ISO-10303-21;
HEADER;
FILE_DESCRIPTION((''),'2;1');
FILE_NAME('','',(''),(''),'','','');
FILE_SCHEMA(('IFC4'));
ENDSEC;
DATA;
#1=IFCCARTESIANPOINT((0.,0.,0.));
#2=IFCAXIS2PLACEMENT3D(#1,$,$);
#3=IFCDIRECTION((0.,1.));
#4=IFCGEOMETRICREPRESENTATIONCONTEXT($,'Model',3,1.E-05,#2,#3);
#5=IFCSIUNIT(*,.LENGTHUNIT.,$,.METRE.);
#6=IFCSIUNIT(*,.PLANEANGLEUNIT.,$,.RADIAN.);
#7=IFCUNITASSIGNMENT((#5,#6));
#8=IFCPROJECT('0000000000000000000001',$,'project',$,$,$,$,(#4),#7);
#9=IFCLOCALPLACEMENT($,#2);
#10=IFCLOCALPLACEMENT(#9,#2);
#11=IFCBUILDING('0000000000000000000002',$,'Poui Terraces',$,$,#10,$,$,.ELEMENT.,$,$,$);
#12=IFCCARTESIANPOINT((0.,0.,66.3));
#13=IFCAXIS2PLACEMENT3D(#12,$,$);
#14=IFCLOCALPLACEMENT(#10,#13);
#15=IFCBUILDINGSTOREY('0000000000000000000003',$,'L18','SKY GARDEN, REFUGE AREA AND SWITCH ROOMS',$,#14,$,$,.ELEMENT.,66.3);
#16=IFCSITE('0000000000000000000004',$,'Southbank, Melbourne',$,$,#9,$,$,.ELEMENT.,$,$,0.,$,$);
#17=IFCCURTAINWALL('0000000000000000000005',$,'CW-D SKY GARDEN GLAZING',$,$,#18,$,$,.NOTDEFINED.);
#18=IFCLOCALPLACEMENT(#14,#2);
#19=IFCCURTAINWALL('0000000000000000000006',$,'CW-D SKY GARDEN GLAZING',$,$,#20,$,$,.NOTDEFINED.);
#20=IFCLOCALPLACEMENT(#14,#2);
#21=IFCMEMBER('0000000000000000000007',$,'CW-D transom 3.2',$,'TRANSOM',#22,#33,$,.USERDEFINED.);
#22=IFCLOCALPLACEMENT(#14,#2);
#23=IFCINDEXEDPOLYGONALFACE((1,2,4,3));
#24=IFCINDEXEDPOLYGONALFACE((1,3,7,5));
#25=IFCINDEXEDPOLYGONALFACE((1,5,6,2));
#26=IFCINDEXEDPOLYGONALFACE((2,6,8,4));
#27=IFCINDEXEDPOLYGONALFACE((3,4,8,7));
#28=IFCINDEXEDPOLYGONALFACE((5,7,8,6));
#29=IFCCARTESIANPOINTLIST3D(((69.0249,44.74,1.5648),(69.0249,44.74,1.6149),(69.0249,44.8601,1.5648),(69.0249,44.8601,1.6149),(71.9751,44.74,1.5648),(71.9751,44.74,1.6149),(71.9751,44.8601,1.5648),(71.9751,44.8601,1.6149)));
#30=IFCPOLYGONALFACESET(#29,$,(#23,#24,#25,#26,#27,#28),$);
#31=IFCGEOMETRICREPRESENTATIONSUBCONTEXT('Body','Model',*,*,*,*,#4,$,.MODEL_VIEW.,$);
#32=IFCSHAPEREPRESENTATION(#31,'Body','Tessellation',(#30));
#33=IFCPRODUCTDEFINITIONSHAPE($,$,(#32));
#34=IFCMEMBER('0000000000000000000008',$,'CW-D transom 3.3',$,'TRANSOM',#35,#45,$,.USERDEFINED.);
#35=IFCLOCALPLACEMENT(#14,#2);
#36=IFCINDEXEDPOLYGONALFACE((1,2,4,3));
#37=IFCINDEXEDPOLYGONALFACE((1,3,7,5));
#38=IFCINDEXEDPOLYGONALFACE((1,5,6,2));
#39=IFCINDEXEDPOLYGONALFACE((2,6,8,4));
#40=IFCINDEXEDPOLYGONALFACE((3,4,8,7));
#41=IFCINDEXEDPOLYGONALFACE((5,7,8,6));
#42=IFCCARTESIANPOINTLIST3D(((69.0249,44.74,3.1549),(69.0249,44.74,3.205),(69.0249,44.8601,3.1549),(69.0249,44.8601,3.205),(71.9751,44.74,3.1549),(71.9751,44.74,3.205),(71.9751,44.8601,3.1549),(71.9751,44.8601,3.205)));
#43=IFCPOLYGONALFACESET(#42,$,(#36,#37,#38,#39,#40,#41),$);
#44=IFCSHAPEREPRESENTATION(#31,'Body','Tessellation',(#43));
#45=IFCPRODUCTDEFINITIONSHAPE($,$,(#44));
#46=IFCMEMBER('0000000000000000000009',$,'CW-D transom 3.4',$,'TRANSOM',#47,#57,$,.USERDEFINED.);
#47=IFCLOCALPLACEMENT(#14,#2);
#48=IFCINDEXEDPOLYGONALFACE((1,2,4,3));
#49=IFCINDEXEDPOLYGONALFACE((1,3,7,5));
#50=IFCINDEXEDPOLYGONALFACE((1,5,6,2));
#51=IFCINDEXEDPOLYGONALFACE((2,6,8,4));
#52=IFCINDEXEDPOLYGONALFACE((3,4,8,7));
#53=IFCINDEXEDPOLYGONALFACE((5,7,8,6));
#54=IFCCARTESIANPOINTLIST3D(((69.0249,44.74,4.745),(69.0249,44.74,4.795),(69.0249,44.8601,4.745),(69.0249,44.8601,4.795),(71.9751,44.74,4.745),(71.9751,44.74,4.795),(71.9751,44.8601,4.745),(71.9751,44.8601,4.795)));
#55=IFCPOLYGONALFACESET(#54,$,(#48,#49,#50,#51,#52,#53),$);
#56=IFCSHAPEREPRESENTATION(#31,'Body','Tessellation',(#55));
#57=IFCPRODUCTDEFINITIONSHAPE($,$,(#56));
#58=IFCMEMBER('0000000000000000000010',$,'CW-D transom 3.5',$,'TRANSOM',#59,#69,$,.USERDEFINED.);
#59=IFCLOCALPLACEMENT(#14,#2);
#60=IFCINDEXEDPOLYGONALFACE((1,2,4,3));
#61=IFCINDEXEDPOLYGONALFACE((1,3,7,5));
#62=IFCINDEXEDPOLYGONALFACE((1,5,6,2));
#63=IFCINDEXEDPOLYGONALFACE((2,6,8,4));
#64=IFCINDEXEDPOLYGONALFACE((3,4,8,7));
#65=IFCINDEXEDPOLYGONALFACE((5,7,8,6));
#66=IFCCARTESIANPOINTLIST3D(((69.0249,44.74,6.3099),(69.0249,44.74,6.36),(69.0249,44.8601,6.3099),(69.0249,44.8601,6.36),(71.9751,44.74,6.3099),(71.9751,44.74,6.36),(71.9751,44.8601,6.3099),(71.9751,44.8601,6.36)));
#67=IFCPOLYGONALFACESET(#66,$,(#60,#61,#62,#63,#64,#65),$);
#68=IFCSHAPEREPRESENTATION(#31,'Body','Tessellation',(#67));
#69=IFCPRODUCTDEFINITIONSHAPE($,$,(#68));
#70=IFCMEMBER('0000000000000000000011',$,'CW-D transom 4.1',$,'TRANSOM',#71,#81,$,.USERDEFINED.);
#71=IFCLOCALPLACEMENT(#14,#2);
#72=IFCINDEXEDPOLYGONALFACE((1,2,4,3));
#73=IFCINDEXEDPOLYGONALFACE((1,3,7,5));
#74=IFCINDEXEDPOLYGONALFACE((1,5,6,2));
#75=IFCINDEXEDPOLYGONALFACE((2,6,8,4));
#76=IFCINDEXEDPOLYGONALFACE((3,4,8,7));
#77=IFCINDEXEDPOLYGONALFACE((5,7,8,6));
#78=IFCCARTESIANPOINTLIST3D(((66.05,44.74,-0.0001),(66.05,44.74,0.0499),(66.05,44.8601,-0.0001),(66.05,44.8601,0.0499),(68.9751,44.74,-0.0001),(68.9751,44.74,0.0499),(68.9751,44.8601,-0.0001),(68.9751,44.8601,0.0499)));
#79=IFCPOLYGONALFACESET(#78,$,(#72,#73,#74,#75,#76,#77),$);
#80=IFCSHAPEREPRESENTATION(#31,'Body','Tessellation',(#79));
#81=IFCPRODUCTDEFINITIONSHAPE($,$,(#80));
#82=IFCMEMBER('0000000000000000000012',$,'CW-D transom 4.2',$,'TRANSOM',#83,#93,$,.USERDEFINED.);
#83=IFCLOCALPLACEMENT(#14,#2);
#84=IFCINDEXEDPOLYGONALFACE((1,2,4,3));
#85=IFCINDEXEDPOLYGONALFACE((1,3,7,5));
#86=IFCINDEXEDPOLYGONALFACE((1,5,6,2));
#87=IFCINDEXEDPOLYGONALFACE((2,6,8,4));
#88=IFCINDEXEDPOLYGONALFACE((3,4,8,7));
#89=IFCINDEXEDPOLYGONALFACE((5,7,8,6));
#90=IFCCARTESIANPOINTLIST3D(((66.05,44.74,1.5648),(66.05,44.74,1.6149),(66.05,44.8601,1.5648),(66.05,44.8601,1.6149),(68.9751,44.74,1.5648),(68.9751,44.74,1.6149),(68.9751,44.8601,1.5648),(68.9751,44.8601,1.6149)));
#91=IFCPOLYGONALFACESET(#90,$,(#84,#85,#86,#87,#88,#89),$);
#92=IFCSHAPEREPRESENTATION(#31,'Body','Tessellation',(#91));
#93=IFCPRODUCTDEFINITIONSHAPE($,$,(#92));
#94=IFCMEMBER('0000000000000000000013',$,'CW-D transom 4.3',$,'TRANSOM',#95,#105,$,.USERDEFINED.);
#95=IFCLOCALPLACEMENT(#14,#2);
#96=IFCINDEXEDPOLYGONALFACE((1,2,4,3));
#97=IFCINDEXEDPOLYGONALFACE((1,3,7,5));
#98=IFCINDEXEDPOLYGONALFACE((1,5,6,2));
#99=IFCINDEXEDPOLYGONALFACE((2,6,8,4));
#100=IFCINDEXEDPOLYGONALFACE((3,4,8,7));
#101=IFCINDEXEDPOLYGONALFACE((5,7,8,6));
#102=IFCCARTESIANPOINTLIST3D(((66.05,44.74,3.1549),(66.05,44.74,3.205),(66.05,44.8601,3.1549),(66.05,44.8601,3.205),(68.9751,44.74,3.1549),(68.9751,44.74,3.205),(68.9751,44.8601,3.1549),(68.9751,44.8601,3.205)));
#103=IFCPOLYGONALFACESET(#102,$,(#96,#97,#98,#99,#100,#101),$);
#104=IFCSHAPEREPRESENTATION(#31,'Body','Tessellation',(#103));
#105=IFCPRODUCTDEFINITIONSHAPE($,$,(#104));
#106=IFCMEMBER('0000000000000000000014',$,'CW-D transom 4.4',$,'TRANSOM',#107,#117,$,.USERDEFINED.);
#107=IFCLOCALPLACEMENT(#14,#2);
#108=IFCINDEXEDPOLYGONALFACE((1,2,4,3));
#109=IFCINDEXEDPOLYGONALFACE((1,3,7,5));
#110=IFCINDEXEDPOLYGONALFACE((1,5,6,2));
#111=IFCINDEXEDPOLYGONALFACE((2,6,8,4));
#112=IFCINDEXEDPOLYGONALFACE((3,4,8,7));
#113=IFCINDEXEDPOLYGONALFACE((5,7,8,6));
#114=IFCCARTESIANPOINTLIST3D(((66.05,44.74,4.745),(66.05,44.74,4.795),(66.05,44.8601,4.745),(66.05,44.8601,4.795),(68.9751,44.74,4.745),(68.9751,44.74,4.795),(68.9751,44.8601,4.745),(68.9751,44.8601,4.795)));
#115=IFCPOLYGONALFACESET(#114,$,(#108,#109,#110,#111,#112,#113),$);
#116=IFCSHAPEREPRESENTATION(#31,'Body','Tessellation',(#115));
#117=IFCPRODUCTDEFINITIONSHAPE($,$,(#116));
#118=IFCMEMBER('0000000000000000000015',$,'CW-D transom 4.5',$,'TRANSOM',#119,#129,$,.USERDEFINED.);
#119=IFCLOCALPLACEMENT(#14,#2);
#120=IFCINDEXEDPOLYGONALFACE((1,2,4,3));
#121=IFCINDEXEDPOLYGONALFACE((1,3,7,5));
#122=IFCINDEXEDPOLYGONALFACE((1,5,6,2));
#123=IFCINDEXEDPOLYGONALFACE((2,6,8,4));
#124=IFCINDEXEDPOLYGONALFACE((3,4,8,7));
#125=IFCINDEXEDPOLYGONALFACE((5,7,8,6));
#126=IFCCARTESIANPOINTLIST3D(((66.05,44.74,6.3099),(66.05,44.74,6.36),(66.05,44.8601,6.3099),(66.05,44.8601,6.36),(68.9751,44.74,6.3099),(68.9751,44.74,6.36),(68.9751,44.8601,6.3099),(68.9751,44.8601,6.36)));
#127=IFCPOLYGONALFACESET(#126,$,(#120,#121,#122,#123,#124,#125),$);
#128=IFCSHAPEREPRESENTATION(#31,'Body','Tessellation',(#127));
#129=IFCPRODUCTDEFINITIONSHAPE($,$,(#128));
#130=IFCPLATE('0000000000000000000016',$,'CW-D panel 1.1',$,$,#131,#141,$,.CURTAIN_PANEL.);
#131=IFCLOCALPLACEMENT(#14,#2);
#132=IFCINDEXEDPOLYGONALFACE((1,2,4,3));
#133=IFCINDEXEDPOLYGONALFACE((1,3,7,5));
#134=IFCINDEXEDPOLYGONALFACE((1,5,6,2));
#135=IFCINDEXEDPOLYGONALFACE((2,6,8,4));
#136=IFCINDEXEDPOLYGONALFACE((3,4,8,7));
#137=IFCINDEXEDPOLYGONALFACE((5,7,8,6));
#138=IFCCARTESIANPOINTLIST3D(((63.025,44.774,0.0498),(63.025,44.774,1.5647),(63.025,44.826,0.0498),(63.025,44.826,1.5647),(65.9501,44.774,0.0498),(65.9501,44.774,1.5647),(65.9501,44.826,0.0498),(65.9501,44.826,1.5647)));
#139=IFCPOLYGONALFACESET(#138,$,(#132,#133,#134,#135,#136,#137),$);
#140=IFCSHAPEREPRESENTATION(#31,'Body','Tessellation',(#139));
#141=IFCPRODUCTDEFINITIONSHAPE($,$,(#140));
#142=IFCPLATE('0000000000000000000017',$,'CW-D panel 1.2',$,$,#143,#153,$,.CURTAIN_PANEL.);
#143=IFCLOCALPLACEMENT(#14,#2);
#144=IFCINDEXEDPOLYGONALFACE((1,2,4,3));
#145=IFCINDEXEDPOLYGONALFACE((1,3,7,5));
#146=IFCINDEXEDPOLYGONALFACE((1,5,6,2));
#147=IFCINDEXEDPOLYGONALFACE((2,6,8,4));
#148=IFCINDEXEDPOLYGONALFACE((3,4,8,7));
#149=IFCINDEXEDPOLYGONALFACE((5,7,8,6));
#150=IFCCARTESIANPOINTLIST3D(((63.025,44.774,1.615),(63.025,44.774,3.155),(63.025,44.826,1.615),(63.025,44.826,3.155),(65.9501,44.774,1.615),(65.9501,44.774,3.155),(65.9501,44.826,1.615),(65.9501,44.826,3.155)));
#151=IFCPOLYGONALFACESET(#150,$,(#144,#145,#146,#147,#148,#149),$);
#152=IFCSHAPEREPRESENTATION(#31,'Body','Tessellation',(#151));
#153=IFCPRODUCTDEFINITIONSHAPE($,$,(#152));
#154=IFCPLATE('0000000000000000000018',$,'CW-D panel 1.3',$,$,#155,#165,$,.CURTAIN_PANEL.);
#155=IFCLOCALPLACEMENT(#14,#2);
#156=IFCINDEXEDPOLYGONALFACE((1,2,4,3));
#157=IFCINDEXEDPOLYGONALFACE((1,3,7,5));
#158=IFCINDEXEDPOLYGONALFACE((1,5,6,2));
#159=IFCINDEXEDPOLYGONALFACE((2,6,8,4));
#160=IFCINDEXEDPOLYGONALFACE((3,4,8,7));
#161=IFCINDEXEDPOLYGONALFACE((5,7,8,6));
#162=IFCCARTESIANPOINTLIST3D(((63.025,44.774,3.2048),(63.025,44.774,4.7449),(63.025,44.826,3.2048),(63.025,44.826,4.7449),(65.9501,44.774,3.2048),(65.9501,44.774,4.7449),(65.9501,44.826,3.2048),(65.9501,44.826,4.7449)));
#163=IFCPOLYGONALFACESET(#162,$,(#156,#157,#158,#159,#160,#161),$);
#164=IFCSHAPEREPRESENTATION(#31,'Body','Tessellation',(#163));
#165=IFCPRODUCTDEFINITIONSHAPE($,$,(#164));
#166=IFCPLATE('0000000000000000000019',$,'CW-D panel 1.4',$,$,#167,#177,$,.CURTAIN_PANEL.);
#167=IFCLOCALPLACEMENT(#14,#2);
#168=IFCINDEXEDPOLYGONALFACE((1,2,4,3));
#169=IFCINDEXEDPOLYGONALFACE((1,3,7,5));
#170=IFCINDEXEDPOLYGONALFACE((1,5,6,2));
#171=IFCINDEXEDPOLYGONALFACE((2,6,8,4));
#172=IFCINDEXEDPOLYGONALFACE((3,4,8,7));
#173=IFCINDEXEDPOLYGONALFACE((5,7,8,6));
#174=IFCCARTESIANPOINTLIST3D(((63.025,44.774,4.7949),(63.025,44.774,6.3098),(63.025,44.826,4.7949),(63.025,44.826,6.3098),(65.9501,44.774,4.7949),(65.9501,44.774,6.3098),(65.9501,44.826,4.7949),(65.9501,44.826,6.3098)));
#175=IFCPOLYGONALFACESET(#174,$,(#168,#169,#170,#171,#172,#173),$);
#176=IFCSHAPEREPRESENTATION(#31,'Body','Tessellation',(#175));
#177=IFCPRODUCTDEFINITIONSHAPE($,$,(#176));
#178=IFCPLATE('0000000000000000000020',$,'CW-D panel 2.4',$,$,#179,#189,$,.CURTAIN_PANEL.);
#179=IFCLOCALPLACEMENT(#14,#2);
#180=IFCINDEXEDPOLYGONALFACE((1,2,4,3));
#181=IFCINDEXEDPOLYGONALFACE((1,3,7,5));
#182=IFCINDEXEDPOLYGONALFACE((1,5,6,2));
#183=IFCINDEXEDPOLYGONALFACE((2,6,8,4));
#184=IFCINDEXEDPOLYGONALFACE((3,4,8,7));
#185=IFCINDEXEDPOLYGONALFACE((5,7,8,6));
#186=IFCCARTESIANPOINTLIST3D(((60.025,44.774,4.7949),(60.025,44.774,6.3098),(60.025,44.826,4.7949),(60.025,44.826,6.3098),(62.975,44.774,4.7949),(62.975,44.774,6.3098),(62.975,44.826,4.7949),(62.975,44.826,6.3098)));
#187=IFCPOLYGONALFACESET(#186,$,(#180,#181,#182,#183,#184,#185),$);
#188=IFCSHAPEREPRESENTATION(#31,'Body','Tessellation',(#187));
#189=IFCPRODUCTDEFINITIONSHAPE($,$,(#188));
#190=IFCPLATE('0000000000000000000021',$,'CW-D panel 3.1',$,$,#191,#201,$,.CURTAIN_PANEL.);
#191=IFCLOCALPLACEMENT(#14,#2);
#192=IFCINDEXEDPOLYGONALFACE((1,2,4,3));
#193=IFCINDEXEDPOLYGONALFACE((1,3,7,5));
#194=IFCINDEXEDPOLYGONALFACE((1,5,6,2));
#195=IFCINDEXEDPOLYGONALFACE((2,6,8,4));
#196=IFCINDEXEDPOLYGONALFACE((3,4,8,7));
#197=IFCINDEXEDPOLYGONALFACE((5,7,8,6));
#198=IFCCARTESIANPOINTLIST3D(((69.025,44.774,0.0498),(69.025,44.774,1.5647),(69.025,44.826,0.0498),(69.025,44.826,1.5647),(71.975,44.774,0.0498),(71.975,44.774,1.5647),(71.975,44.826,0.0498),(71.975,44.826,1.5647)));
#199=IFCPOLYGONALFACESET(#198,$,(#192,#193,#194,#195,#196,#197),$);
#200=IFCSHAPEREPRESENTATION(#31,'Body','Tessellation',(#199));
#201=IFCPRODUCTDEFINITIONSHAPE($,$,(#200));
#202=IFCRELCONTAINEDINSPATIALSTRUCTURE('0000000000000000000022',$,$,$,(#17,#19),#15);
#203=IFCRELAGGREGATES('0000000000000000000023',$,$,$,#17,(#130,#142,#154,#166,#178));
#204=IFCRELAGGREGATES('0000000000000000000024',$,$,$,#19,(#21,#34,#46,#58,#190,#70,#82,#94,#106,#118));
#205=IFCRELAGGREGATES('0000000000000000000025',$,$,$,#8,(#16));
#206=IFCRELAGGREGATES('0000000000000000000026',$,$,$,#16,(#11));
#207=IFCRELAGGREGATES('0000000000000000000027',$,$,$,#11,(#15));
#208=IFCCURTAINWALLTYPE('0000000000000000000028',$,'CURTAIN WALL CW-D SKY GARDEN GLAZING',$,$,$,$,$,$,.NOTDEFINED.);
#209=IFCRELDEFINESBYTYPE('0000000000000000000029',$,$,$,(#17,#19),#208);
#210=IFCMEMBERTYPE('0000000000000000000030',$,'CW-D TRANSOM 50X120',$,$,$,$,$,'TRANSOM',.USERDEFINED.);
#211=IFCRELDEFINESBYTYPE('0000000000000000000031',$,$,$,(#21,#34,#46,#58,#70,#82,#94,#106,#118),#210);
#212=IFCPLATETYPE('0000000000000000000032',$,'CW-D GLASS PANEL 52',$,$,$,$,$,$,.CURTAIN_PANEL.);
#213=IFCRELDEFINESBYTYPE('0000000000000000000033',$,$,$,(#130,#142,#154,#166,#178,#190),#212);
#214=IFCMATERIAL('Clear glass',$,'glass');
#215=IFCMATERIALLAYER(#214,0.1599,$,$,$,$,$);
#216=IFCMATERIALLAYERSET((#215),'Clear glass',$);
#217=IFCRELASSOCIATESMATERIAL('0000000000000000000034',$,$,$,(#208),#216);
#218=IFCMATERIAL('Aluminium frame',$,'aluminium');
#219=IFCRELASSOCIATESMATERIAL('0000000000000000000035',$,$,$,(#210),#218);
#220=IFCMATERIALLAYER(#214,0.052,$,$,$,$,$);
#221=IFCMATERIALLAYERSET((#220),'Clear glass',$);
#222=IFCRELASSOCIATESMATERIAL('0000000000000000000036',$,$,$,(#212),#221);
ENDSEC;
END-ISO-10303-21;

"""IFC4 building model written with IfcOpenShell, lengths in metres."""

from ifc_helpers import new_model, si_unit, direction, frame, origin, origin_2d, place, context, subcontext, project, spatial, rectangle, extrude, material, layer, layer_set, material_profile, profile_set, type_object, element, aggregate, save


model = new_model("IFC4")

# Units and contexts
model_context = context("Model", 3, precision=1e-05, world=origin(), true_north=direction((0.0, 1.0)))
body_context = subcontext(model_context, "Body", "Model", "MODEL_VIEW")
ifc_project = project(units=[si_unit("LENGTHUNIT", "METRE"), si_unit("PLANEANGLEUNIT", "RADIAN")], contexts=[model_context])

# Site, building, storey
site_placement = place(None, origin())
site = spatial("IfcSite", under=ifc_project, at=site_placement, Name="Southbank, Melbourne", CompositionType="ELEMENT", RefElevation=0.0)
building_placement = place(site_placement, origin())
building = spatial("IfcBuilding", under=site, at=building_placement, Name="Poui Terraces", CompositionType="ELEMENT")
storey_placement = place(building_placement, frame((0.0, 0.0, 66.3)))
storey = spatial("IfcBuildingStorey", under=building, at=storey_placement, Name="L18", Description="SKY GARDEN, REFUGE AREA AND SWITCH ROOMS", CompositionType="ELEMENT", Elevation=66.3)

# Curtain walls
ifc_material_1 = material(Name="Clear glass", Category="glass")
ifc_layer_1 = layer(ifc_material_1, 0.1599)
ifc_layer_set_1 = layer_set([ifc_layer_1], Name="Clear glass")
curtain_wall_type = type_object("IfcCurtainWallType", Name="CURTAIN WALL CW-D SKY GARDEN GLAZING", PredefinedType="NOTDEFINED", material=ifc_layer_set_1)
curtain_wall_1_placement = place(storey_placement, origin())
curtain_wall_1 = element("IfcCurtainWall", 1, at=curtain_wall_1_placement, inside=storey, type_object=curtain_wall_type, Name="CW-D SKY GARDEN GLAZING", PredefinedType="NOTDEFINED")
ifc_material_2 = material(Name="Aluminium frame", Category="aluminium")
curtain_wall_2_placement = place(storey_placement, origin())
curtain_wall_2 = element("IfcCurtainWall", 2, at=curtain_wall_2_placement, inside=storey, type_object=curtain_wall_type, Name="CW-D SKY GARDEN GLAZING", PredefinedType="NOTDEFINED")

# Members
ifc_material_profile_1 = material_profile(ifc_material_2, rectangle(XDim=0.1201, YDim=0.05, at=origin_2d()), Name="CW-D TRANSOM 50X120")
ifc_profile_set_1 = profile_set([ifc_material_profile_1], Name="Aluminium frame")
member_type_1 = type_object("IfcMemberType", Name="CW-D TRANSOM 50X120", ElementType="TRANSOM", PredefinedType="USERDEFINED", material=ifc_profile_set_1)
member_1_placement = place(storey_placement, frame((71.9751, 44.8, 1.5898), z_axis=(-1.0, 0.0, 0.0), x_axis=(0.0, -1.0, 0.0)))
member_1 = element("IfcMember", 3, at=member_1_placement, type_object=member_type_1, Name="CW-D transom 3.2", ObjectType="TRANSOM", PredefinedType="USERDEFINED", context=body_context, shape_type="SweptSolid", body=[
    extrude(rectangle(XDim=0.1201, YDim=0.05, at=origin_2d()), origin(), (0.0, 0.0, 1.0), 2.9502),
])
member_2_placement = place(storey_placement, frame((71.9751, 44.8, 3.1799), z_axis=(-1.0, 0.0, 0.0), x_axis=(0.0, -1.0, 0.0)))
member_2 = element("IfcMember", 4, at=member_2_placement, type_object=member_type_1, Name="CW-D transom 3.3", ObjectType="TRANSOM", PredefinedType="USERDEFINED", context=body_context, shape_type="SweptSolid", body=[
    extrude(rectangle(XDim=0.1201, YDim=0.05, at=origin_2d()), origin(), (0.0, 0.0, 1.0), 2.9502),
])
member_3_placement = place(storey_placement, frame((71.9751, 44.8, 4.77), z_axis=(-1.0, 0.0, 0.0), x_axis=(0.0, -1.0, 0.0)))
member_3 = element("IfcMember", 5, at=member_3_placement, type_object=member_type_1, Name="CW-D transom 3.4", ObjectType="TRANSOM", PredefinedType="USERDEFINED", context=body_context, shape_type="SweptSolid", body=[
    extrude(rectangle(XDim=0.1201, YDim=0.05, at=origin_2d()), origin(), (0.0, 0.0, 1.0), 2.9502),
])
member_4_placement = place(storey_placement, frame((71.9751, 44.8, 6.335), z_axis=(-1.0, 0.0, 0.0), x_axis=(0.0, -1.0, 0.0)))
member_4 = element("IfcMember", 6, at=member_4_placement, type_object=member_type_1, Name="CW-D transom 3.5", ObjectType="TRANSOM", PredefinedType="USERDEFINED", context=body_context, shape_type="SweptSolid", body=[
    extrude(rectangle(XDim=0.1201, YDim=0.05, at=origin_2d()), origin(), (0.0, 0.0, 1.0), 2.9502),
])
member_5_placement = place(storey_placement, frame((68.9751, 44.8, 0.0249), z_axis=(-1.0, 0.0, 0.0), x_axis=(0.0, -1.0, 0.0)))
member_5 = element("IfcMember", 7, at=member_5_placement, type_object=member_type_1, Name="CW-D transom 4.1", ObjectType="TRANSOM", PredefinedType="USERDEFINED", context=body_context, shape_type="SweptSolid", body=[
    extrude(rectangle(XDim=0.1201, YDim=0.05, at=origin_2d()), origin(), (0.0, 0.0, 1.0), 2.925),
])
member_6_placement = place(storey_placement, frame((68.9751, 44.8, 1.5898), z_axis=(-1.0, 0.0, 0.0), x_axis=(0.0, -1.0, 0.0)))
member_6 = element("IfcMember", 8, at=member_6_placement, type_object=member_type_1, Name="CW-D transom 4.2", ObjectType="TRANSOM", PredefinedType="USERDEFINED", context=body_context, shape_type="SweptSolid", body=[
    extrude(rectangle(XDim=0.1201, YDim=0.05, at=origin_2d()), origin(), (0.0, 0.0, 1.0), 2.925),
])
member_7_placement = place(storey_placement, frame((68.9751, 44.8, 3.1799), z_axis=(-1.0, 0.0, 0.0), x_axis=(0.0, -1.0, 0.0)))
member_7 = element("IfcMember", 9, at=member_7_placement, type_object=member_type_1, Name="CW-D transom 4.3", ObjectType="TRANSOM", PredefinedType="USERDEFINED", context=body_context, shape_type="SweptSolid", body=[
    extrude(rectangle(XDim=0.1201, YDim=0.05, at=origin_2d()), origin(), (0.0, 0.0, 1.0), 2.925),
])
member_8_placement = place(storey_placement, frame((68.9751, 44.8, 4.77), z_axis=(-1.0, 0.0, 0.0), x_axis=(0.0, -1.0, 0.0)))
member_8 = element("IfcMember", 10, at=member_8_placement, type_object=member_type_1, Name="CW-D transom 4.4", ObjectType="TRANSOM", PredefinedType="USERDEFINED", context=body_context, shape_type="SweptSolid", body=[
    extrude(rectangle(XDim=0.1201, YDim=0.05, at=origin_2d()), origin(), (0.0, 0.0, 1.0), 2.925),
])
member_9_placement = place(storey_placement, frame((68.9751, 44.8, 6.335), z_axis=(-1.0, 0.0, 0.0), x_axis=(0.0, -1.0, 0.0)))
member_9 = element("IfcMember", 11, at=member_9_placement, type_object=member_type_1, Name="CW-D transom 4.5", ObjectType="TRANSOM", PredefinedType="USERDEFINED", context=body_context, shape_type="SweptSolid", body=[
    extrude(rectangle(XDim=0.1201, YDim=0.05, at=origin_2d()), origin(), (0.0, 0.0, 1.0), 2.925),
])

# Plates
ifc_layer_2 = layer(ifc_material_1, 0.052)
ifc_layer_set_2 = layer_set([ifc_layer_2], Name="Clear glass")
plate_type = type_object("IfcPlateType", Name="CW-D GLASS PANEL 52", PredefinedType="CURTAIN_PANEL", material=ifc_layer_set_2)
plate_1_placement = place(storey_placement, frame((64.4875, 44.8, 0.0498), z_axis=(0.0, 0.0, 1.0), x_axis=(-1.0, 0.0, 0.0)))
plate_1 = element("IfcPlate", 12, at=plate_1_placement, type_object=plate_type, Name="CW-D panel 1.1", PredefinedType="CURTAIN_PANEL", context=body_context, shape_type="SweptSolid", body=[
    extrude(rectangle(XDim=2.925, YDim=0.052, at=origin_2d()), origin(), (0.0, 0.0, 1.0), 1.5149),
])
plate_2_placement = place(storey_placement, frame((64.4875, 44.8, 1.615), z_axis=(0.0, 0.0, 1.0), x_axis=(-1.0, 0.0, 0.0)))
plate_2 = element("IfcPlate", 13, at=plate_2_placement, type_object=plate_type, Name="CW-D panel 1.2", PredefinedType="CURTAIN_PANEL", context=body_context, shape_type="SweptSolid", body=[
    extrude(rectangle(XDim=2.925, YDim=0.052, at=origin_2d()), origin(), (0.0, 0.0, 1.0), 1.54),
])
plate_3_placement = place(storey_placement, frame((64.4875, 44.8, 3.2048), z_axis=(0.0, 0.0, 1.0), x_axis=(-1.0, 0.0, 0.0)))
plate_3 = element("IfcPlate", 14, at=plate_3_placement, type_object=plate_type, Name="CW-D panel 1.3", PredefinedType="CURTAIN_PANEL", context=body_context, shape_type="SweptSolid", body=[
    extrude(rectangle(XDim=2.925, YDim=0.052, at=origin_2d()), origin(), (0.0, 0.0, 1.0), 1.54),
])
plate_4_placement = place(storey_placement, frame((64.4875, 44.8, 4.7949), z_axis=(0.0, 0.0, 1.0), x_axis=(-1.0, 0.0, 0.0)))
plate_4 = element("IfcPlate", 15, at=plate_4_placement, type_object=plate_type, Name="CW-D panel 1.4", PredefinedType="CURTAIN_PANEL", context=body_context, shape_type="SweptSolid", body=[
    extrude(rectangle(XDim=2.925, YDim=0.052, at=origin_2d()), origin(), (0.0, 0.0, 1.0), 1.5149),
])
plate_5_placement = place(storey_placement, frame((61.5, 44.8, 4.7949), z_axis=(0.0, 0.0, 1.0), x_axis=(-1.0, 0.0, 0.0)))
plate_5 = element("IfcPlate", 16, at=plate_5_placement, type_object=plate_type, Name="CW-D panel 2.4", PredefinedType="CURTAIN_PANEL", context=body_context, shape_type="SweptSolid", body=[
    extrude(rectangle(XDim=2.95, YDim=0.052, at=origin_2d()), origin(), (0.0, 0.0, 1.0), 1.5149),
])
aggregate(curtain_wall_1, [plate_1, plate_2, plate_3, plate_4, plate_5])
plate_6_placement = place(storey_placement, frame((70.5, 44.8, 0.0498), z_axis=(0.0, 0.0, 1.0), x_axis=(-1.0, 0.0, 0.0)))
plate_6 = element("IfcPlate", 17, at=plate_6_placement, type_object=plate_type, Name="CW-D panel 3.1", PredefinedType="CURTAIN_PANEL", context=body_context, shape_type="SweptSolid", body=[
    extrude(rectangle(XDim=2.95, YDim=0.052, at=origin_2d()), origin(), (0.0, 0.0, 1.0), 1.5149),
])
aggregate(curtain_wall_2, [member_1, member_2, member_3, member_4, plate_6, member_5, member_6, member_7, member_8, member_9])

save(model, "model.ifc")
